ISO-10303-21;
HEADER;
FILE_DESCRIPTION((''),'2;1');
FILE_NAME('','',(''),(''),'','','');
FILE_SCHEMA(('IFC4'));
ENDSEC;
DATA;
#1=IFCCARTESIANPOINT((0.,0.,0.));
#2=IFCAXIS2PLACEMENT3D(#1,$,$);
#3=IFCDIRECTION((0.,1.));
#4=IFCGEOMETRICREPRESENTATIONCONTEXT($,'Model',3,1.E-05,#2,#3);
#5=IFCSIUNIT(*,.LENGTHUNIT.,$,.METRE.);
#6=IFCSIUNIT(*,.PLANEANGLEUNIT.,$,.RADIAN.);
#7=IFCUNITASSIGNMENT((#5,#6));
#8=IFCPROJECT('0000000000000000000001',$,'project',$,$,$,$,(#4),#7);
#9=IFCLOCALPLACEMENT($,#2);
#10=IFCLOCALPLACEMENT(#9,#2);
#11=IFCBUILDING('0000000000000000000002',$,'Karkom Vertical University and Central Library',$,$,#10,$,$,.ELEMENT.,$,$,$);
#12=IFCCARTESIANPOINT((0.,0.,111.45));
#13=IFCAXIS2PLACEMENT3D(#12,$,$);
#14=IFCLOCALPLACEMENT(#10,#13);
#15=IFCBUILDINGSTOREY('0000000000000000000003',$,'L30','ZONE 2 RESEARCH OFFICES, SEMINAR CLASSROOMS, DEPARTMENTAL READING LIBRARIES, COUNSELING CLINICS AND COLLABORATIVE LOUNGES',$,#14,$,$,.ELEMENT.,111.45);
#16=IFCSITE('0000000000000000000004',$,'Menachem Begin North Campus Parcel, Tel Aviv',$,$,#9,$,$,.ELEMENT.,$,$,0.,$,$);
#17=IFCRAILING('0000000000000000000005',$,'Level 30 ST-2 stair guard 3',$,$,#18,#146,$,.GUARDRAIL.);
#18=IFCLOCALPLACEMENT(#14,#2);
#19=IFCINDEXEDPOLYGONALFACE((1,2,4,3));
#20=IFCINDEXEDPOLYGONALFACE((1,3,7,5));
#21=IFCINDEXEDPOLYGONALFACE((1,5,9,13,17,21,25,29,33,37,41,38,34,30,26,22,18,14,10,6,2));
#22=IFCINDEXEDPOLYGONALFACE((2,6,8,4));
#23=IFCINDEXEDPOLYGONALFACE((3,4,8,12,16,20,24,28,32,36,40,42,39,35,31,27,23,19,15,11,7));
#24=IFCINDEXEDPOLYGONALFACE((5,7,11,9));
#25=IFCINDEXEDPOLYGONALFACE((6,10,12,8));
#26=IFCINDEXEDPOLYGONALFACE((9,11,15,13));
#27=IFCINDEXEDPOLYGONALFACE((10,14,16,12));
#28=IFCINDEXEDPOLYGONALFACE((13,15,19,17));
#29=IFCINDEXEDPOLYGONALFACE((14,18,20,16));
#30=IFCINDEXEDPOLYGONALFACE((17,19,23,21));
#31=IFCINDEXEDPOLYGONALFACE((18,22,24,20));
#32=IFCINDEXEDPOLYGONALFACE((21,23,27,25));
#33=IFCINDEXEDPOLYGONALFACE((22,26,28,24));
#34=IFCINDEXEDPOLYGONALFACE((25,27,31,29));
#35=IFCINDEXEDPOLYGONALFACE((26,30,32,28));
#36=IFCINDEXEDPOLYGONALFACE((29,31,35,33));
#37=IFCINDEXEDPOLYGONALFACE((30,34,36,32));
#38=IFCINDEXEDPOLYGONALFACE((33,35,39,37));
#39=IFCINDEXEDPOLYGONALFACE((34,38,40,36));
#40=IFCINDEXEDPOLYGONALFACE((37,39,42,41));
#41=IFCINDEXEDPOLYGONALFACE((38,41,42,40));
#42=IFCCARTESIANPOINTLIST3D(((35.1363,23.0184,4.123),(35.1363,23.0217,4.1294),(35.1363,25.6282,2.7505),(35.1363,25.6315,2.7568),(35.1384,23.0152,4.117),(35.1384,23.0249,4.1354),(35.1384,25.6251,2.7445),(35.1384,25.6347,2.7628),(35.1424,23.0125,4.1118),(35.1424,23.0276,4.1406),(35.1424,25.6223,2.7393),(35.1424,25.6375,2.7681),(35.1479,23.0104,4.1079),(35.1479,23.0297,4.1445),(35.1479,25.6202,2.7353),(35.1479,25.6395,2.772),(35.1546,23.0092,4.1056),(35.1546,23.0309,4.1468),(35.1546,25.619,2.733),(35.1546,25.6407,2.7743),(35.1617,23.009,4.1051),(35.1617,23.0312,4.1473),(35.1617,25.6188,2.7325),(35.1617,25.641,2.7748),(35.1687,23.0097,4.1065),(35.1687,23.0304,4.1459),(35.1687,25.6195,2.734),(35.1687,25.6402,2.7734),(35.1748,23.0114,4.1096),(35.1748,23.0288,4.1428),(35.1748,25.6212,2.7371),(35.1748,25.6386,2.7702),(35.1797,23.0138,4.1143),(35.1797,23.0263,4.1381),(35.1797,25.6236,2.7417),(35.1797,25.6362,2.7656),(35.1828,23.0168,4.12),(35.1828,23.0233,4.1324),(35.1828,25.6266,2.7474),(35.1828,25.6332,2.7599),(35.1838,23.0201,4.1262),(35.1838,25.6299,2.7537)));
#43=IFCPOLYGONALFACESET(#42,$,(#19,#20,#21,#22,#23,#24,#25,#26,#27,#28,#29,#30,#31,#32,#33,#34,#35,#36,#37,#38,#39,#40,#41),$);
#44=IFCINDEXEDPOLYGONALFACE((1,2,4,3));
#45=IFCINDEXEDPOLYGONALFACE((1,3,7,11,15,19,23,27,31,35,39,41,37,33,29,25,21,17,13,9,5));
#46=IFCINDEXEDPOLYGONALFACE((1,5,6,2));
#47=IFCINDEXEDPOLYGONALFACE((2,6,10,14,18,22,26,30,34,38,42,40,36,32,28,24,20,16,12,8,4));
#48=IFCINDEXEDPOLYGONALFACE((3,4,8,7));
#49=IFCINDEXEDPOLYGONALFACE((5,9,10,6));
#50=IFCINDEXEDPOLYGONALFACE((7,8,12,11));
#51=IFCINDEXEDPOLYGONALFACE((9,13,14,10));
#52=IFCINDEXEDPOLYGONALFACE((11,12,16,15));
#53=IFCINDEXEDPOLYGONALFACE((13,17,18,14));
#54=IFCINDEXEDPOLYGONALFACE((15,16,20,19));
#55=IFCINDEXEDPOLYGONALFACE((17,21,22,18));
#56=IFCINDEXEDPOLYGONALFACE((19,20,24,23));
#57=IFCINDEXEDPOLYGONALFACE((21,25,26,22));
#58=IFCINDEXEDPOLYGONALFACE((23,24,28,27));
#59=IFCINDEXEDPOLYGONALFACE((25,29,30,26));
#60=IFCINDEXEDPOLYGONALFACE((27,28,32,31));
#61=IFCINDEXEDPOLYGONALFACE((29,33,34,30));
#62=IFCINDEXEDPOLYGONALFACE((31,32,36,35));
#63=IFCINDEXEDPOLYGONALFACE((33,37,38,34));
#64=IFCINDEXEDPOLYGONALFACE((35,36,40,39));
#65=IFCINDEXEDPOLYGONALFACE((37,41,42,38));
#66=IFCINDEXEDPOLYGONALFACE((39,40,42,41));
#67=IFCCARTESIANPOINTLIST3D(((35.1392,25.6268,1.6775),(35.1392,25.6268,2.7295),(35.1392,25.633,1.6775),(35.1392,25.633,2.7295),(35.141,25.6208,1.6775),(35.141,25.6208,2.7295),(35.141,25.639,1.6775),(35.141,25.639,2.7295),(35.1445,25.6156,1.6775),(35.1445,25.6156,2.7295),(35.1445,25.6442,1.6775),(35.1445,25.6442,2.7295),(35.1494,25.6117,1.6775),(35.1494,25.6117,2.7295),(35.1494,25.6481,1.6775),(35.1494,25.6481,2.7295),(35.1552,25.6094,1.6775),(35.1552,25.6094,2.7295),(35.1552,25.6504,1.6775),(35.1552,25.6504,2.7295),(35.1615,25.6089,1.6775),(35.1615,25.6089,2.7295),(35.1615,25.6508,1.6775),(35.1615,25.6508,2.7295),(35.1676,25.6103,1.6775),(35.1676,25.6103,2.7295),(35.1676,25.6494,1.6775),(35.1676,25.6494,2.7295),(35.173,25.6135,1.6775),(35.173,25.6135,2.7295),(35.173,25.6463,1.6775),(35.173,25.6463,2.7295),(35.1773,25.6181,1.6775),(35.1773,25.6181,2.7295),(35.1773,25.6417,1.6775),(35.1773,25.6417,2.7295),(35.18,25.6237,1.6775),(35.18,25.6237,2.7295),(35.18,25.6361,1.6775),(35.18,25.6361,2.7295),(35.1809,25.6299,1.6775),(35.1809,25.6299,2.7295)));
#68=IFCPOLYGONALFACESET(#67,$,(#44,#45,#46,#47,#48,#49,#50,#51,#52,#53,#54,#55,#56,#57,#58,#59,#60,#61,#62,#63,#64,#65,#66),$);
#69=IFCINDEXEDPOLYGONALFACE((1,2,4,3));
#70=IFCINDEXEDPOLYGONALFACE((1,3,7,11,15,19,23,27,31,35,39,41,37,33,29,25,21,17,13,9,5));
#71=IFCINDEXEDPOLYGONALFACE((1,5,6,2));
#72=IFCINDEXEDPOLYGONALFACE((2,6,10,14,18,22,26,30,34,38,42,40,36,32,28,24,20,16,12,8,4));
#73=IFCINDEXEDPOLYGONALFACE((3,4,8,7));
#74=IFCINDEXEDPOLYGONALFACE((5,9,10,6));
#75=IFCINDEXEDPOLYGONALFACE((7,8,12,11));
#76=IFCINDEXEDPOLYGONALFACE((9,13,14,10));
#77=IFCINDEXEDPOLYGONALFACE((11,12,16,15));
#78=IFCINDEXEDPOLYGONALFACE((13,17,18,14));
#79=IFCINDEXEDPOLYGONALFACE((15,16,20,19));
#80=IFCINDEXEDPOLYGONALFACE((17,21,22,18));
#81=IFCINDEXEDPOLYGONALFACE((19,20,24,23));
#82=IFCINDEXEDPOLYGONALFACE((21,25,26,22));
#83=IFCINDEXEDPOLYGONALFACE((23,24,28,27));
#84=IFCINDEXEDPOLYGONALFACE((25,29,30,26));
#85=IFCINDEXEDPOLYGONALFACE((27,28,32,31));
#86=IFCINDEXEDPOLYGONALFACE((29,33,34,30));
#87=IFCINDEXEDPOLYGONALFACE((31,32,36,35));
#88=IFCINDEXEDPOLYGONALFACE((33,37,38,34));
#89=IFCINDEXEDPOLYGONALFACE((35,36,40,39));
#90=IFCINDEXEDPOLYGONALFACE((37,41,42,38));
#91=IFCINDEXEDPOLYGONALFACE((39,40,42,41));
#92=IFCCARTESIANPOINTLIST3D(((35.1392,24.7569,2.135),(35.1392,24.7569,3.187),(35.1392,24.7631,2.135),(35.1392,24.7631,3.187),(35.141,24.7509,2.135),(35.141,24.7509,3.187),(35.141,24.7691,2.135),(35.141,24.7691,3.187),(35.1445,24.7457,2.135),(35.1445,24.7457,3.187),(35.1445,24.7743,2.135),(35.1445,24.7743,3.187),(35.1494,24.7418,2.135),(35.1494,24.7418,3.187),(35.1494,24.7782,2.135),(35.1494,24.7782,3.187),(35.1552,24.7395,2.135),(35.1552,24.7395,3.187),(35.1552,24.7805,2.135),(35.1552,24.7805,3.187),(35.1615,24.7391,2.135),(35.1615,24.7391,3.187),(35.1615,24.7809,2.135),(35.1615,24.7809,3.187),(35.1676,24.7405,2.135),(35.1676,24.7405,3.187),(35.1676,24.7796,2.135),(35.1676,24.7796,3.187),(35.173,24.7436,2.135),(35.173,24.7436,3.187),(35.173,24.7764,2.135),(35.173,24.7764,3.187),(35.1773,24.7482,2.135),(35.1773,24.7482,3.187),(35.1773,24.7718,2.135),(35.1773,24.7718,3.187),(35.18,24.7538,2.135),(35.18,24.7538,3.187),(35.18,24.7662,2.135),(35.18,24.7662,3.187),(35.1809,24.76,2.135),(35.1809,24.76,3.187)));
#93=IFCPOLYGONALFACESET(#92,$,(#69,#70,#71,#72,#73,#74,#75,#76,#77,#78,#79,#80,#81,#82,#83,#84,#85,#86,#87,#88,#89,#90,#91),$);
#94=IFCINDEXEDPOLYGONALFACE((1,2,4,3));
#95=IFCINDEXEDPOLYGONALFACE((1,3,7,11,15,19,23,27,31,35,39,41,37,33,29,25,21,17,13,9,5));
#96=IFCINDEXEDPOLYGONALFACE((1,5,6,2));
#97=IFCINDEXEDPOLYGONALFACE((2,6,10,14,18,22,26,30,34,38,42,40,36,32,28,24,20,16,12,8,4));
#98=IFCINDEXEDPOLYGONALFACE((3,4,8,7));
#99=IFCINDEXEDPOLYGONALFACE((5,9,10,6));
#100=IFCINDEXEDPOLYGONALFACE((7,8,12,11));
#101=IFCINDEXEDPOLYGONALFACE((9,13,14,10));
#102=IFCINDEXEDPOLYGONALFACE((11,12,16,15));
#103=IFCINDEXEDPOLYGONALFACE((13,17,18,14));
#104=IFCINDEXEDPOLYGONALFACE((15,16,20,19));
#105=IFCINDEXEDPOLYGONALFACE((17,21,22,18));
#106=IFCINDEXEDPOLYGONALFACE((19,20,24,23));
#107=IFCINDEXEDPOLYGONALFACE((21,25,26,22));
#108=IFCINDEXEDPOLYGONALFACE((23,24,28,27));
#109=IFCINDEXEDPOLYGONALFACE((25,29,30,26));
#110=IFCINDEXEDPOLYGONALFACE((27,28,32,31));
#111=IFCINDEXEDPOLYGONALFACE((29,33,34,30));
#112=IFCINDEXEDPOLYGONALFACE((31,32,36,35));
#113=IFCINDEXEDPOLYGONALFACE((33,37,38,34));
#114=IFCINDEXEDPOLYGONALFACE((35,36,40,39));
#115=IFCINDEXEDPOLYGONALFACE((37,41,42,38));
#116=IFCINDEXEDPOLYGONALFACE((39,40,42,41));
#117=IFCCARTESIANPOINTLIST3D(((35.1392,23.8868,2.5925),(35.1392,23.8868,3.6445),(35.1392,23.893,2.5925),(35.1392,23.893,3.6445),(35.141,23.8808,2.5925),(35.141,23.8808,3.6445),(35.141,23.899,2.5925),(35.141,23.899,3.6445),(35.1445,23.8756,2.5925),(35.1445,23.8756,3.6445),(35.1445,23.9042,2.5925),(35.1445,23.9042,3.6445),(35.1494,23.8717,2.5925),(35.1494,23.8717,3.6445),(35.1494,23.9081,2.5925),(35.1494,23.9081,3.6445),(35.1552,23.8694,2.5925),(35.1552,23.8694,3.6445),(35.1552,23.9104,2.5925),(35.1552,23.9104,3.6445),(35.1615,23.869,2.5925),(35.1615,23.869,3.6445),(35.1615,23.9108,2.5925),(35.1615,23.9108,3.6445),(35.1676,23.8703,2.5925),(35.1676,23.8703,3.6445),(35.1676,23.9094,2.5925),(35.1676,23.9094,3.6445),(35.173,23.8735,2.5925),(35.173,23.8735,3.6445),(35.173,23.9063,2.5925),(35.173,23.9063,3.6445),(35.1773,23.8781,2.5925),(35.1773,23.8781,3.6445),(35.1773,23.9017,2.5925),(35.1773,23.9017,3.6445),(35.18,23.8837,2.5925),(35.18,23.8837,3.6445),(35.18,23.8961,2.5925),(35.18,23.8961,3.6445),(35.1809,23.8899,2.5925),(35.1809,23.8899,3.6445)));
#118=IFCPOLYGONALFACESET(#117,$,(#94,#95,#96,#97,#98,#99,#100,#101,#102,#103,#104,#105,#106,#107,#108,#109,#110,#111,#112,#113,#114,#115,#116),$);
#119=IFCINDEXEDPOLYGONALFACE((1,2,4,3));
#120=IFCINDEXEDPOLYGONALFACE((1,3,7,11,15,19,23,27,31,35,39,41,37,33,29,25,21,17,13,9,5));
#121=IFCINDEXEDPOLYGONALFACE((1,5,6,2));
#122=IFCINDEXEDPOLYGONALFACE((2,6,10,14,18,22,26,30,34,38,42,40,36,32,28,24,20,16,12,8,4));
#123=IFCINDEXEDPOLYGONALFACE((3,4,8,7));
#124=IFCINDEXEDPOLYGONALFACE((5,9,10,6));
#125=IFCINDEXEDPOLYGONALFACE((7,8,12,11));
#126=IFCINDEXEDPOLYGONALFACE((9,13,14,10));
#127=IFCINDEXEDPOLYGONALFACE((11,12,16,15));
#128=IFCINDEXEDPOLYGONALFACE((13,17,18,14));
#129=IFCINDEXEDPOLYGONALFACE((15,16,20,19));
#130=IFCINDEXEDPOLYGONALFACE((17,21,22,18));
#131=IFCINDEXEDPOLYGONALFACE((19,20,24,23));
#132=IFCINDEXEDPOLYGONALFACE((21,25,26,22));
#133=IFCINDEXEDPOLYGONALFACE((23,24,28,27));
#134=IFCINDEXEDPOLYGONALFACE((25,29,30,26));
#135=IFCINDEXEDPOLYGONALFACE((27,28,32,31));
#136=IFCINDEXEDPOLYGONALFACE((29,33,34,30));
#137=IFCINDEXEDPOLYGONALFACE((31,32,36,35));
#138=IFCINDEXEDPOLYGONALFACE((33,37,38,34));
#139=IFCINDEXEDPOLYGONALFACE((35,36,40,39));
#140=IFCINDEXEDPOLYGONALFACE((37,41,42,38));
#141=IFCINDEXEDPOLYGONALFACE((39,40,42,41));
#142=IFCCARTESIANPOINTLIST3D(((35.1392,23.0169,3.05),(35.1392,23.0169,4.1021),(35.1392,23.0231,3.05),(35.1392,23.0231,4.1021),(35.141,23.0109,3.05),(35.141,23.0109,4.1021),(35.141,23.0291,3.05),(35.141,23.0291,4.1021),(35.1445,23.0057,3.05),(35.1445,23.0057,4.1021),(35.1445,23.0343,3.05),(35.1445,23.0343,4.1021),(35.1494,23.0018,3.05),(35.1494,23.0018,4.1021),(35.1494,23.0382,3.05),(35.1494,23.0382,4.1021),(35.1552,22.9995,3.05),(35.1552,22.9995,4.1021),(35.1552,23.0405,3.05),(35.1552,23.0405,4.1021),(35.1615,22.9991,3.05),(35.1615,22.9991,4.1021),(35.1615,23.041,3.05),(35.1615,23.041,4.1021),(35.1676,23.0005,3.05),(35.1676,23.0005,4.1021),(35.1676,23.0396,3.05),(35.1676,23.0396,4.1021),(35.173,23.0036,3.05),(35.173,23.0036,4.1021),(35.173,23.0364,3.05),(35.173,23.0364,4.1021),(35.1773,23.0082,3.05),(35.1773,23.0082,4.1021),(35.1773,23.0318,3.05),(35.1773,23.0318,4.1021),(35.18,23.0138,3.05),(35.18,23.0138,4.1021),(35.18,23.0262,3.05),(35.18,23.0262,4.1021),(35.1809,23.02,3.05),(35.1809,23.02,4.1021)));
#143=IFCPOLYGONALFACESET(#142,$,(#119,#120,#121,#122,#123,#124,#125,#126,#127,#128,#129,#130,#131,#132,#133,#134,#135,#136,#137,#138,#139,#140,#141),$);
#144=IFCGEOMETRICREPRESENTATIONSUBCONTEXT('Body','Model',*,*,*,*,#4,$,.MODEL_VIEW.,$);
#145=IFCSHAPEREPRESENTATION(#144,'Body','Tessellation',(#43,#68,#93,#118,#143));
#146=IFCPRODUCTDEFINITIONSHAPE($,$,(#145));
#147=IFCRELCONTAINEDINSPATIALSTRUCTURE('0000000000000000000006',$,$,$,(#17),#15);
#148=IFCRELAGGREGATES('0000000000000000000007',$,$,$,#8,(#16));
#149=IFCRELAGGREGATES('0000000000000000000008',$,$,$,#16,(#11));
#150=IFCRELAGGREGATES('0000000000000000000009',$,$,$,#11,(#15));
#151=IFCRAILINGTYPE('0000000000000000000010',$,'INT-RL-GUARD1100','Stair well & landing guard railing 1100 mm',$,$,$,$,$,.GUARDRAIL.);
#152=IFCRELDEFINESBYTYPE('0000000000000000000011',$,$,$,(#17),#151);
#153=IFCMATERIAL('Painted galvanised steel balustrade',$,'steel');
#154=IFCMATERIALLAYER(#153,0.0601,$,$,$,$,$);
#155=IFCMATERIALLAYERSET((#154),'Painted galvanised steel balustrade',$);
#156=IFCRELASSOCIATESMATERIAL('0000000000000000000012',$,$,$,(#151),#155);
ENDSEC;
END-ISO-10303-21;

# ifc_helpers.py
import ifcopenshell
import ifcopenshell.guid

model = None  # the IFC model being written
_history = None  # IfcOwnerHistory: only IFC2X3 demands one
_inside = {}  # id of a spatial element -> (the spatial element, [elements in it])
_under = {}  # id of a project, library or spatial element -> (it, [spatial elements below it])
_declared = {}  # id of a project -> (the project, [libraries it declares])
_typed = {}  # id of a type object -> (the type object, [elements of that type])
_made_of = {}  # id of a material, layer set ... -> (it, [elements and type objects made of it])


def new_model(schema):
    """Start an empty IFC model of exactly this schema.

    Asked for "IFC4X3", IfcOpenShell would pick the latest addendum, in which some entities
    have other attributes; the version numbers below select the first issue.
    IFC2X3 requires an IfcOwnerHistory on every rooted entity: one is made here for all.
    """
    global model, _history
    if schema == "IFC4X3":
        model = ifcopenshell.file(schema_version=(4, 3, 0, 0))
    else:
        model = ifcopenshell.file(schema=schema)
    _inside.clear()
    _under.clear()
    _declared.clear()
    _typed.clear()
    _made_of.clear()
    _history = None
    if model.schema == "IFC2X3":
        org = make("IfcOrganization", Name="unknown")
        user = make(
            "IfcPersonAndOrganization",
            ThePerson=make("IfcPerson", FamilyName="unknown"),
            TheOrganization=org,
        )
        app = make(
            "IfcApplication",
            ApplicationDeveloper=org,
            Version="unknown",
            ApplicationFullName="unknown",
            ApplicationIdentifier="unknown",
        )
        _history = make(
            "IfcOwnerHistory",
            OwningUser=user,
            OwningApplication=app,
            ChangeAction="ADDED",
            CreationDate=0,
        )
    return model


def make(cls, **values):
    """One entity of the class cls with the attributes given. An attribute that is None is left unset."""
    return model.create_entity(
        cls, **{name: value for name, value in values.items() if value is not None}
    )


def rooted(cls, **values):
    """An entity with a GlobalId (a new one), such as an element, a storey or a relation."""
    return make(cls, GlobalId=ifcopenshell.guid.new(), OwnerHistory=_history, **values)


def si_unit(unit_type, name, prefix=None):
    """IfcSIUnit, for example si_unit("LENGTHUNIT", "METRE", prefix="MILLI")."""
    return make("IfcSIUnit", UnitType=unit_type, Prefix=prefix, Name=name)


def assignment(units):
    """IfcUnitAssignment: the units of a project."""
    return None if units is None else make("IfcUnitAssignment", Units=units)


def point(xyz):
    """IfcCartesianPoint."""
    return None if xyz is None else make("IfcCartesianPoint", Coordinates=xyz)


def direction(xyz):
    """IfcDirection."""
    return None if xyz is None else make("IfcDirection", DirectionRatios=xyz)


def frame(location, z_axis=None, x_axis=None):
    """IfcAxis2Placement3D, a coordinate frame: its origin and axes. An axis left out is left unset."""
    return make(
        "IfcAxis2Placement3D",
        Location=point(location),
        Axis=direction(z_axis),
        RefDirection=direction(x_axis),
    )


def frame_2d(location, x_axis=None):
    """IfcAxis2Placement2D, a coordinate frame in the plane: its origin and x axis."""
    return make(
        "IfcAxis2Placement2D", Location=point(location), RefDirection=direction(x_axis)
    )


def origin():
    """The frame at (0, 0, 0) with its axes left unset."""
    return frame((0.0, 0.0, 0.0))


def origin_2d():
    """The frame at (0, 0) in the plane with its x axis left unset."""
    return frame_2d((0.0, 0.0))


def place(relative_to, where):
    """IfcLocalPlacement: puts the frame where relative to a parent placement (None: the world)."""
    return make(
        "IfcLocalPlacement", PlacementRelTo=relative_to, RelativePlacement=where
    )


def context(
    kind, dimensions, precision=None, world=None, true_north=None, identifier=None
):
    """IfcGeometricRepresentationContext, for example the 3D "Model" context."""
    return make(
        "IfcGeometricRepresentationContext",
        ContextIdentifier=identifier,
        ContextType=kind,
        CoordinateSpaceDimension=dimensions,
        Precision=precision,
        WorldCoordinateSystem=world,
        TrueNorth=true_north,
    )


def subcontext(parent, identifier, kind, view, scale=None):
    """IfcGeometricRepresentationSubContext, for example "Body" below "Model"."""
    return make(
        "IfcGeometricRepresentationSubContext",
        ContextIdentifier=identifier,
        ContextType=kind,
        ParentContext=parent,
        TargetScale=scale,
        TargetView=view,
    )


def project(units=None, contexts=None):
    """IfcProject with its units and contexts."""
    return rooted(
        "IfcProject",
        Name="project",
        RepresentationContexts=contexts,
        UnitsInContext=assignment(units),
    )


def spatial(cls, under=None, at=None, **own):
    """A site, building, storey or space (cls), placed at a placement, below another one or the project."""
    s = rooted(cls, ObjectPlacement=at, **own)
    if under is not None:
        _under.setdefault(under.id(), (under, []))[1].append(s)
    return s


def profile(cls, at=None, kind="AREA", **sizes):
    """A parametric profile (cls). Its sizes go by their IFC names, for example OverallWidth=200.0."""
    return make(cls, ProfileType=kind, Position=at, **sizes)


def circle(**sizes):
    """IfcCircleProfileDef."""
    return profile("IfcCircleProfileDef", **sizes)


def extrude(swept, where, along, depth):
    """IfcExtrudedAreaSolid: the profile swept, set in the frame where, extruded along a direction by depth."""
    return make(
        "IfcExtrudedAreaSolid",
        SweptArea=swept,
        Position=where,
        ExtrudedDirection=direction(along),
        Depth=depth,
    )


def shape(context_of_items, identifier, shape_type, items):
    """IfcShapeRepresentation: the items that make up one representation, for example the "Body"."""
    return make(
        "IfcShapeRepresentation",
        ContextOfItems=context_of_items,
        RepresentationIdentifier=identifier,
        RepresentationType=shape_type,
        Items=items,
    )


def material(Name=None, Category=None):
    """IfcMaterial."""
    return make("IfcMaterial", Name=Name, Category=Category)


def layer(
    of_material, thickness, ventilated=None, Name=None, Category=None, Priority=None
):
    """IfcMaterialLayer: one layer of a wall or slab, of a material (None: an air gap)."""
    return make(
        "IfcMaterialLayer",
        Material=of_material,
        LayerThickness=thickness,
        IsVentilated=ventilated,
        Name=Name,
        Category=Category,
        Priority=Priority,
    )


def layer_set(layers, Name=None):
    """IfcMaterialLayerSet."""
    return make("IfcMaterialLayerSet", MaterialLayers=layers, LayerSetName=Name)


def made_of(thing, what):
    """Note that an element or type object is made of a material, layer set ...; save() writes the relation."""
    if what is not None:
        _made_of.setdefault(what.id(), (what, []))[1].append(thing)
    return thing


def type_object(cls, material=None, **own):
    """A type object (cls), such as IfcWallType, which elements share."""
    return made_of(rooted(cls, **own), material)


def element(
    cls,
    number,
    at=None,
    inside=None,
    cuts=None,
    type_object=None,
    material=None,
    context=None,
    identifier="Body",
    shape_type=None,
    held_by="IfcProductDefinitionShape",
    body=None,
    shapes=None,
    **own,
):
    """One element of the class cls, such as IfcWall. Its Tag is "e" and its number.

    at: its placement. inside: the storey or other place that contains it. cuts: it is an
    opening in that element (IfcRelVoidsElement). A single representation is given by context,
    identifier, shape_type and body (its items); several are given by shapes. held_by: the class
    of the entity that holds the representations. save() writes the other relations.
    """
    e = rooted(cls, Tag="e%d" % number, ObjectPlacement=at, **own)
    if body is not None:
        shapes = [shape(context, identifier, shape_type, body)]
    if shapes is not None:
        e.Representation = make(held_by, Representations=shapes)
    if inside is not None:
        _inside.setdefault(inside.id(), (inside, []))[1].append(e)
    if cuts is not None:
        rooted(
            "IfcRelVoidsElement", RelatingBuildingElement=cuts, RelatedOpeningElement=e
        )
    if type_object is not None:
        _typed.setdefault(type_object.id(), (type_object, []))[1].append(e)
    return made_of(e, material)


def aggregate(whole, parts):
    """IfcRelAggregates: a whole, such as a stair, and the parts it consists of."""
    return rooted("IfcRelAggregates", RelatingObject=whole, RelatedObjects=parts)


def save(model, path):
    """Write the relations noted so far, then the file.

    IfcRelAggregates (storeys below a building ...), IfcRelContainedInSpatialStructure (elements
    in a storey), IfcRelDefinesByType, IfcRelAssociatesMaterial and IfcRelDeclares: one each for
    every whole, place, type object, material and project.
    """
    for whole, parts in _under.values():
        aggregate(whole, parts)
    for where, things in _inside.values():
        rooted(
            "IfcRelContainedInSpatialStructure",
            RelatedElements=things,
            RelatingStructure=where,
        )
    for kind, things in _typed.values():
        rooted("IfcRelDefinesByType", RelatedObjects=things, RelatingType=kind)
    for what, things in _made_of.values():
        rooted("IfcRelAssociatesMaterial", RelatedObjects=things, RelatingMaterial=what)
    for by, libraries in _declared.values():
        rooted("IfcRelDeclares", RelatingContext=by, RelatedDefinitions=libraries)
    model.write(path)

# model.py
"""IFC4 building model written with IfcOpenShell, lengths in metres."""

from ifc_helpers import new_model, si_unit, direction, frame, origin, origin_2d, place, context, subcontext, project, spatial, circle, extrude, material, layer, layer_set, type_object, element, save


model = new_model("IFC4")

# Units and contexts
model_context = context("Model", 3, precision=1e-05, world=origin(), true_north=direction((0.0, 1.0)))
body_context = subcontext(model_context, "Body", "Model", "MODEL_VIEW")
ifc_project = project(units=[si_unit("LENGTHUNIT", "METRE"), si_unit("PLANEANGLEUNIT", "RADIAN")], contexts=[model_context])

# Site, building, storey
site_placement = place(None, origin())
site = spatial("IfcSite", under=ifc_project, at=site_placement, Name="Menachem Begin North Campus Parcel, Tel Aviv", CompositionType="ELEMENT", RefElevation=0.0)
building_placement = place(site_placement, origin())
building = spatial("IfcBuilding", under=site, at=building_placement, Name="Karkom Vertical University and Central Library", CompositionType="ELEMENT")
storey_placement = place(building_placement, frame((0.0, 0.0, 111.45)))
storey = spatial("IfcBuildingStorey", under=building, at=storey_placement, Name="L30", Description="ZONE 2 RESEARCH OFFICES, SEMINAR CLASSROOMS, DEPARTMENTAL READING LIBRARIES, COUNSELING CLINICS AND COLLABORATIVE LOUNGES", CompositionType="ELEMENT", Elevation=111.45)

# Railing
ifc_material_1 = material(Name="Painted galvanised steel balustrade", Category="steel")
ifc_layer_1 = layer(ifc_material_1, 0.0601)
ifc_layer_set_1 = layer_set([ifc_layer_1], Name="Painted galvanised steel balustrade")
railing_type = type_object("IfcRailingType", Name="INT-RL-GUARD1100", Description="Stair well & landing guard railing 1100 mm", PredefinedType="GUARDRAIL", material=ifc_layer_set_1)
railing_1_placement = place(storey_placement, frame((35.1599, 25.6299, 1.6775)))
element("IfcRailing", 1, at=railing_1_placement, inside=storey, type_object=railing_type, Name="Level 30 ST-2 stair guard 3", PredefinedType="GUARDRAIL", context=body_context, shape_type="SweptSolid", body=[
    extrude(circle(Radius=0.0239, at=origin_2d()), frame((0.0, 0.0, 1.0762), z_axis=(0.0, -0.885065, 0.465467), x_axis=(1.0, 0.0, 0.0)), (0.0, 0.0, 1.0), 2.9487),
    extrude(circle(Radius=0.021, at=origin_2d()), origin(), (0.0, 0.0, 1.0), 1.052),
    extrude(circle(Radius=0.021, at=origin_2d()), frame((0.0, -0.8699, 0.4575)), (0.0, 0.0, 1.0), 1.052),
    extrude(circle(Radius=0.021, at=origin_2d()), frame((0.0, -1.74, 0.915)), (0.0, 0.0, 1.0), 1.052),
    extrude(circle(Radius=0.021, at=origin_2d()), frame((0.0, -2.6099, 1.3726)), (0.0, 0.0, 1.0), 1.052),
])

save(model, "model.ifc")
